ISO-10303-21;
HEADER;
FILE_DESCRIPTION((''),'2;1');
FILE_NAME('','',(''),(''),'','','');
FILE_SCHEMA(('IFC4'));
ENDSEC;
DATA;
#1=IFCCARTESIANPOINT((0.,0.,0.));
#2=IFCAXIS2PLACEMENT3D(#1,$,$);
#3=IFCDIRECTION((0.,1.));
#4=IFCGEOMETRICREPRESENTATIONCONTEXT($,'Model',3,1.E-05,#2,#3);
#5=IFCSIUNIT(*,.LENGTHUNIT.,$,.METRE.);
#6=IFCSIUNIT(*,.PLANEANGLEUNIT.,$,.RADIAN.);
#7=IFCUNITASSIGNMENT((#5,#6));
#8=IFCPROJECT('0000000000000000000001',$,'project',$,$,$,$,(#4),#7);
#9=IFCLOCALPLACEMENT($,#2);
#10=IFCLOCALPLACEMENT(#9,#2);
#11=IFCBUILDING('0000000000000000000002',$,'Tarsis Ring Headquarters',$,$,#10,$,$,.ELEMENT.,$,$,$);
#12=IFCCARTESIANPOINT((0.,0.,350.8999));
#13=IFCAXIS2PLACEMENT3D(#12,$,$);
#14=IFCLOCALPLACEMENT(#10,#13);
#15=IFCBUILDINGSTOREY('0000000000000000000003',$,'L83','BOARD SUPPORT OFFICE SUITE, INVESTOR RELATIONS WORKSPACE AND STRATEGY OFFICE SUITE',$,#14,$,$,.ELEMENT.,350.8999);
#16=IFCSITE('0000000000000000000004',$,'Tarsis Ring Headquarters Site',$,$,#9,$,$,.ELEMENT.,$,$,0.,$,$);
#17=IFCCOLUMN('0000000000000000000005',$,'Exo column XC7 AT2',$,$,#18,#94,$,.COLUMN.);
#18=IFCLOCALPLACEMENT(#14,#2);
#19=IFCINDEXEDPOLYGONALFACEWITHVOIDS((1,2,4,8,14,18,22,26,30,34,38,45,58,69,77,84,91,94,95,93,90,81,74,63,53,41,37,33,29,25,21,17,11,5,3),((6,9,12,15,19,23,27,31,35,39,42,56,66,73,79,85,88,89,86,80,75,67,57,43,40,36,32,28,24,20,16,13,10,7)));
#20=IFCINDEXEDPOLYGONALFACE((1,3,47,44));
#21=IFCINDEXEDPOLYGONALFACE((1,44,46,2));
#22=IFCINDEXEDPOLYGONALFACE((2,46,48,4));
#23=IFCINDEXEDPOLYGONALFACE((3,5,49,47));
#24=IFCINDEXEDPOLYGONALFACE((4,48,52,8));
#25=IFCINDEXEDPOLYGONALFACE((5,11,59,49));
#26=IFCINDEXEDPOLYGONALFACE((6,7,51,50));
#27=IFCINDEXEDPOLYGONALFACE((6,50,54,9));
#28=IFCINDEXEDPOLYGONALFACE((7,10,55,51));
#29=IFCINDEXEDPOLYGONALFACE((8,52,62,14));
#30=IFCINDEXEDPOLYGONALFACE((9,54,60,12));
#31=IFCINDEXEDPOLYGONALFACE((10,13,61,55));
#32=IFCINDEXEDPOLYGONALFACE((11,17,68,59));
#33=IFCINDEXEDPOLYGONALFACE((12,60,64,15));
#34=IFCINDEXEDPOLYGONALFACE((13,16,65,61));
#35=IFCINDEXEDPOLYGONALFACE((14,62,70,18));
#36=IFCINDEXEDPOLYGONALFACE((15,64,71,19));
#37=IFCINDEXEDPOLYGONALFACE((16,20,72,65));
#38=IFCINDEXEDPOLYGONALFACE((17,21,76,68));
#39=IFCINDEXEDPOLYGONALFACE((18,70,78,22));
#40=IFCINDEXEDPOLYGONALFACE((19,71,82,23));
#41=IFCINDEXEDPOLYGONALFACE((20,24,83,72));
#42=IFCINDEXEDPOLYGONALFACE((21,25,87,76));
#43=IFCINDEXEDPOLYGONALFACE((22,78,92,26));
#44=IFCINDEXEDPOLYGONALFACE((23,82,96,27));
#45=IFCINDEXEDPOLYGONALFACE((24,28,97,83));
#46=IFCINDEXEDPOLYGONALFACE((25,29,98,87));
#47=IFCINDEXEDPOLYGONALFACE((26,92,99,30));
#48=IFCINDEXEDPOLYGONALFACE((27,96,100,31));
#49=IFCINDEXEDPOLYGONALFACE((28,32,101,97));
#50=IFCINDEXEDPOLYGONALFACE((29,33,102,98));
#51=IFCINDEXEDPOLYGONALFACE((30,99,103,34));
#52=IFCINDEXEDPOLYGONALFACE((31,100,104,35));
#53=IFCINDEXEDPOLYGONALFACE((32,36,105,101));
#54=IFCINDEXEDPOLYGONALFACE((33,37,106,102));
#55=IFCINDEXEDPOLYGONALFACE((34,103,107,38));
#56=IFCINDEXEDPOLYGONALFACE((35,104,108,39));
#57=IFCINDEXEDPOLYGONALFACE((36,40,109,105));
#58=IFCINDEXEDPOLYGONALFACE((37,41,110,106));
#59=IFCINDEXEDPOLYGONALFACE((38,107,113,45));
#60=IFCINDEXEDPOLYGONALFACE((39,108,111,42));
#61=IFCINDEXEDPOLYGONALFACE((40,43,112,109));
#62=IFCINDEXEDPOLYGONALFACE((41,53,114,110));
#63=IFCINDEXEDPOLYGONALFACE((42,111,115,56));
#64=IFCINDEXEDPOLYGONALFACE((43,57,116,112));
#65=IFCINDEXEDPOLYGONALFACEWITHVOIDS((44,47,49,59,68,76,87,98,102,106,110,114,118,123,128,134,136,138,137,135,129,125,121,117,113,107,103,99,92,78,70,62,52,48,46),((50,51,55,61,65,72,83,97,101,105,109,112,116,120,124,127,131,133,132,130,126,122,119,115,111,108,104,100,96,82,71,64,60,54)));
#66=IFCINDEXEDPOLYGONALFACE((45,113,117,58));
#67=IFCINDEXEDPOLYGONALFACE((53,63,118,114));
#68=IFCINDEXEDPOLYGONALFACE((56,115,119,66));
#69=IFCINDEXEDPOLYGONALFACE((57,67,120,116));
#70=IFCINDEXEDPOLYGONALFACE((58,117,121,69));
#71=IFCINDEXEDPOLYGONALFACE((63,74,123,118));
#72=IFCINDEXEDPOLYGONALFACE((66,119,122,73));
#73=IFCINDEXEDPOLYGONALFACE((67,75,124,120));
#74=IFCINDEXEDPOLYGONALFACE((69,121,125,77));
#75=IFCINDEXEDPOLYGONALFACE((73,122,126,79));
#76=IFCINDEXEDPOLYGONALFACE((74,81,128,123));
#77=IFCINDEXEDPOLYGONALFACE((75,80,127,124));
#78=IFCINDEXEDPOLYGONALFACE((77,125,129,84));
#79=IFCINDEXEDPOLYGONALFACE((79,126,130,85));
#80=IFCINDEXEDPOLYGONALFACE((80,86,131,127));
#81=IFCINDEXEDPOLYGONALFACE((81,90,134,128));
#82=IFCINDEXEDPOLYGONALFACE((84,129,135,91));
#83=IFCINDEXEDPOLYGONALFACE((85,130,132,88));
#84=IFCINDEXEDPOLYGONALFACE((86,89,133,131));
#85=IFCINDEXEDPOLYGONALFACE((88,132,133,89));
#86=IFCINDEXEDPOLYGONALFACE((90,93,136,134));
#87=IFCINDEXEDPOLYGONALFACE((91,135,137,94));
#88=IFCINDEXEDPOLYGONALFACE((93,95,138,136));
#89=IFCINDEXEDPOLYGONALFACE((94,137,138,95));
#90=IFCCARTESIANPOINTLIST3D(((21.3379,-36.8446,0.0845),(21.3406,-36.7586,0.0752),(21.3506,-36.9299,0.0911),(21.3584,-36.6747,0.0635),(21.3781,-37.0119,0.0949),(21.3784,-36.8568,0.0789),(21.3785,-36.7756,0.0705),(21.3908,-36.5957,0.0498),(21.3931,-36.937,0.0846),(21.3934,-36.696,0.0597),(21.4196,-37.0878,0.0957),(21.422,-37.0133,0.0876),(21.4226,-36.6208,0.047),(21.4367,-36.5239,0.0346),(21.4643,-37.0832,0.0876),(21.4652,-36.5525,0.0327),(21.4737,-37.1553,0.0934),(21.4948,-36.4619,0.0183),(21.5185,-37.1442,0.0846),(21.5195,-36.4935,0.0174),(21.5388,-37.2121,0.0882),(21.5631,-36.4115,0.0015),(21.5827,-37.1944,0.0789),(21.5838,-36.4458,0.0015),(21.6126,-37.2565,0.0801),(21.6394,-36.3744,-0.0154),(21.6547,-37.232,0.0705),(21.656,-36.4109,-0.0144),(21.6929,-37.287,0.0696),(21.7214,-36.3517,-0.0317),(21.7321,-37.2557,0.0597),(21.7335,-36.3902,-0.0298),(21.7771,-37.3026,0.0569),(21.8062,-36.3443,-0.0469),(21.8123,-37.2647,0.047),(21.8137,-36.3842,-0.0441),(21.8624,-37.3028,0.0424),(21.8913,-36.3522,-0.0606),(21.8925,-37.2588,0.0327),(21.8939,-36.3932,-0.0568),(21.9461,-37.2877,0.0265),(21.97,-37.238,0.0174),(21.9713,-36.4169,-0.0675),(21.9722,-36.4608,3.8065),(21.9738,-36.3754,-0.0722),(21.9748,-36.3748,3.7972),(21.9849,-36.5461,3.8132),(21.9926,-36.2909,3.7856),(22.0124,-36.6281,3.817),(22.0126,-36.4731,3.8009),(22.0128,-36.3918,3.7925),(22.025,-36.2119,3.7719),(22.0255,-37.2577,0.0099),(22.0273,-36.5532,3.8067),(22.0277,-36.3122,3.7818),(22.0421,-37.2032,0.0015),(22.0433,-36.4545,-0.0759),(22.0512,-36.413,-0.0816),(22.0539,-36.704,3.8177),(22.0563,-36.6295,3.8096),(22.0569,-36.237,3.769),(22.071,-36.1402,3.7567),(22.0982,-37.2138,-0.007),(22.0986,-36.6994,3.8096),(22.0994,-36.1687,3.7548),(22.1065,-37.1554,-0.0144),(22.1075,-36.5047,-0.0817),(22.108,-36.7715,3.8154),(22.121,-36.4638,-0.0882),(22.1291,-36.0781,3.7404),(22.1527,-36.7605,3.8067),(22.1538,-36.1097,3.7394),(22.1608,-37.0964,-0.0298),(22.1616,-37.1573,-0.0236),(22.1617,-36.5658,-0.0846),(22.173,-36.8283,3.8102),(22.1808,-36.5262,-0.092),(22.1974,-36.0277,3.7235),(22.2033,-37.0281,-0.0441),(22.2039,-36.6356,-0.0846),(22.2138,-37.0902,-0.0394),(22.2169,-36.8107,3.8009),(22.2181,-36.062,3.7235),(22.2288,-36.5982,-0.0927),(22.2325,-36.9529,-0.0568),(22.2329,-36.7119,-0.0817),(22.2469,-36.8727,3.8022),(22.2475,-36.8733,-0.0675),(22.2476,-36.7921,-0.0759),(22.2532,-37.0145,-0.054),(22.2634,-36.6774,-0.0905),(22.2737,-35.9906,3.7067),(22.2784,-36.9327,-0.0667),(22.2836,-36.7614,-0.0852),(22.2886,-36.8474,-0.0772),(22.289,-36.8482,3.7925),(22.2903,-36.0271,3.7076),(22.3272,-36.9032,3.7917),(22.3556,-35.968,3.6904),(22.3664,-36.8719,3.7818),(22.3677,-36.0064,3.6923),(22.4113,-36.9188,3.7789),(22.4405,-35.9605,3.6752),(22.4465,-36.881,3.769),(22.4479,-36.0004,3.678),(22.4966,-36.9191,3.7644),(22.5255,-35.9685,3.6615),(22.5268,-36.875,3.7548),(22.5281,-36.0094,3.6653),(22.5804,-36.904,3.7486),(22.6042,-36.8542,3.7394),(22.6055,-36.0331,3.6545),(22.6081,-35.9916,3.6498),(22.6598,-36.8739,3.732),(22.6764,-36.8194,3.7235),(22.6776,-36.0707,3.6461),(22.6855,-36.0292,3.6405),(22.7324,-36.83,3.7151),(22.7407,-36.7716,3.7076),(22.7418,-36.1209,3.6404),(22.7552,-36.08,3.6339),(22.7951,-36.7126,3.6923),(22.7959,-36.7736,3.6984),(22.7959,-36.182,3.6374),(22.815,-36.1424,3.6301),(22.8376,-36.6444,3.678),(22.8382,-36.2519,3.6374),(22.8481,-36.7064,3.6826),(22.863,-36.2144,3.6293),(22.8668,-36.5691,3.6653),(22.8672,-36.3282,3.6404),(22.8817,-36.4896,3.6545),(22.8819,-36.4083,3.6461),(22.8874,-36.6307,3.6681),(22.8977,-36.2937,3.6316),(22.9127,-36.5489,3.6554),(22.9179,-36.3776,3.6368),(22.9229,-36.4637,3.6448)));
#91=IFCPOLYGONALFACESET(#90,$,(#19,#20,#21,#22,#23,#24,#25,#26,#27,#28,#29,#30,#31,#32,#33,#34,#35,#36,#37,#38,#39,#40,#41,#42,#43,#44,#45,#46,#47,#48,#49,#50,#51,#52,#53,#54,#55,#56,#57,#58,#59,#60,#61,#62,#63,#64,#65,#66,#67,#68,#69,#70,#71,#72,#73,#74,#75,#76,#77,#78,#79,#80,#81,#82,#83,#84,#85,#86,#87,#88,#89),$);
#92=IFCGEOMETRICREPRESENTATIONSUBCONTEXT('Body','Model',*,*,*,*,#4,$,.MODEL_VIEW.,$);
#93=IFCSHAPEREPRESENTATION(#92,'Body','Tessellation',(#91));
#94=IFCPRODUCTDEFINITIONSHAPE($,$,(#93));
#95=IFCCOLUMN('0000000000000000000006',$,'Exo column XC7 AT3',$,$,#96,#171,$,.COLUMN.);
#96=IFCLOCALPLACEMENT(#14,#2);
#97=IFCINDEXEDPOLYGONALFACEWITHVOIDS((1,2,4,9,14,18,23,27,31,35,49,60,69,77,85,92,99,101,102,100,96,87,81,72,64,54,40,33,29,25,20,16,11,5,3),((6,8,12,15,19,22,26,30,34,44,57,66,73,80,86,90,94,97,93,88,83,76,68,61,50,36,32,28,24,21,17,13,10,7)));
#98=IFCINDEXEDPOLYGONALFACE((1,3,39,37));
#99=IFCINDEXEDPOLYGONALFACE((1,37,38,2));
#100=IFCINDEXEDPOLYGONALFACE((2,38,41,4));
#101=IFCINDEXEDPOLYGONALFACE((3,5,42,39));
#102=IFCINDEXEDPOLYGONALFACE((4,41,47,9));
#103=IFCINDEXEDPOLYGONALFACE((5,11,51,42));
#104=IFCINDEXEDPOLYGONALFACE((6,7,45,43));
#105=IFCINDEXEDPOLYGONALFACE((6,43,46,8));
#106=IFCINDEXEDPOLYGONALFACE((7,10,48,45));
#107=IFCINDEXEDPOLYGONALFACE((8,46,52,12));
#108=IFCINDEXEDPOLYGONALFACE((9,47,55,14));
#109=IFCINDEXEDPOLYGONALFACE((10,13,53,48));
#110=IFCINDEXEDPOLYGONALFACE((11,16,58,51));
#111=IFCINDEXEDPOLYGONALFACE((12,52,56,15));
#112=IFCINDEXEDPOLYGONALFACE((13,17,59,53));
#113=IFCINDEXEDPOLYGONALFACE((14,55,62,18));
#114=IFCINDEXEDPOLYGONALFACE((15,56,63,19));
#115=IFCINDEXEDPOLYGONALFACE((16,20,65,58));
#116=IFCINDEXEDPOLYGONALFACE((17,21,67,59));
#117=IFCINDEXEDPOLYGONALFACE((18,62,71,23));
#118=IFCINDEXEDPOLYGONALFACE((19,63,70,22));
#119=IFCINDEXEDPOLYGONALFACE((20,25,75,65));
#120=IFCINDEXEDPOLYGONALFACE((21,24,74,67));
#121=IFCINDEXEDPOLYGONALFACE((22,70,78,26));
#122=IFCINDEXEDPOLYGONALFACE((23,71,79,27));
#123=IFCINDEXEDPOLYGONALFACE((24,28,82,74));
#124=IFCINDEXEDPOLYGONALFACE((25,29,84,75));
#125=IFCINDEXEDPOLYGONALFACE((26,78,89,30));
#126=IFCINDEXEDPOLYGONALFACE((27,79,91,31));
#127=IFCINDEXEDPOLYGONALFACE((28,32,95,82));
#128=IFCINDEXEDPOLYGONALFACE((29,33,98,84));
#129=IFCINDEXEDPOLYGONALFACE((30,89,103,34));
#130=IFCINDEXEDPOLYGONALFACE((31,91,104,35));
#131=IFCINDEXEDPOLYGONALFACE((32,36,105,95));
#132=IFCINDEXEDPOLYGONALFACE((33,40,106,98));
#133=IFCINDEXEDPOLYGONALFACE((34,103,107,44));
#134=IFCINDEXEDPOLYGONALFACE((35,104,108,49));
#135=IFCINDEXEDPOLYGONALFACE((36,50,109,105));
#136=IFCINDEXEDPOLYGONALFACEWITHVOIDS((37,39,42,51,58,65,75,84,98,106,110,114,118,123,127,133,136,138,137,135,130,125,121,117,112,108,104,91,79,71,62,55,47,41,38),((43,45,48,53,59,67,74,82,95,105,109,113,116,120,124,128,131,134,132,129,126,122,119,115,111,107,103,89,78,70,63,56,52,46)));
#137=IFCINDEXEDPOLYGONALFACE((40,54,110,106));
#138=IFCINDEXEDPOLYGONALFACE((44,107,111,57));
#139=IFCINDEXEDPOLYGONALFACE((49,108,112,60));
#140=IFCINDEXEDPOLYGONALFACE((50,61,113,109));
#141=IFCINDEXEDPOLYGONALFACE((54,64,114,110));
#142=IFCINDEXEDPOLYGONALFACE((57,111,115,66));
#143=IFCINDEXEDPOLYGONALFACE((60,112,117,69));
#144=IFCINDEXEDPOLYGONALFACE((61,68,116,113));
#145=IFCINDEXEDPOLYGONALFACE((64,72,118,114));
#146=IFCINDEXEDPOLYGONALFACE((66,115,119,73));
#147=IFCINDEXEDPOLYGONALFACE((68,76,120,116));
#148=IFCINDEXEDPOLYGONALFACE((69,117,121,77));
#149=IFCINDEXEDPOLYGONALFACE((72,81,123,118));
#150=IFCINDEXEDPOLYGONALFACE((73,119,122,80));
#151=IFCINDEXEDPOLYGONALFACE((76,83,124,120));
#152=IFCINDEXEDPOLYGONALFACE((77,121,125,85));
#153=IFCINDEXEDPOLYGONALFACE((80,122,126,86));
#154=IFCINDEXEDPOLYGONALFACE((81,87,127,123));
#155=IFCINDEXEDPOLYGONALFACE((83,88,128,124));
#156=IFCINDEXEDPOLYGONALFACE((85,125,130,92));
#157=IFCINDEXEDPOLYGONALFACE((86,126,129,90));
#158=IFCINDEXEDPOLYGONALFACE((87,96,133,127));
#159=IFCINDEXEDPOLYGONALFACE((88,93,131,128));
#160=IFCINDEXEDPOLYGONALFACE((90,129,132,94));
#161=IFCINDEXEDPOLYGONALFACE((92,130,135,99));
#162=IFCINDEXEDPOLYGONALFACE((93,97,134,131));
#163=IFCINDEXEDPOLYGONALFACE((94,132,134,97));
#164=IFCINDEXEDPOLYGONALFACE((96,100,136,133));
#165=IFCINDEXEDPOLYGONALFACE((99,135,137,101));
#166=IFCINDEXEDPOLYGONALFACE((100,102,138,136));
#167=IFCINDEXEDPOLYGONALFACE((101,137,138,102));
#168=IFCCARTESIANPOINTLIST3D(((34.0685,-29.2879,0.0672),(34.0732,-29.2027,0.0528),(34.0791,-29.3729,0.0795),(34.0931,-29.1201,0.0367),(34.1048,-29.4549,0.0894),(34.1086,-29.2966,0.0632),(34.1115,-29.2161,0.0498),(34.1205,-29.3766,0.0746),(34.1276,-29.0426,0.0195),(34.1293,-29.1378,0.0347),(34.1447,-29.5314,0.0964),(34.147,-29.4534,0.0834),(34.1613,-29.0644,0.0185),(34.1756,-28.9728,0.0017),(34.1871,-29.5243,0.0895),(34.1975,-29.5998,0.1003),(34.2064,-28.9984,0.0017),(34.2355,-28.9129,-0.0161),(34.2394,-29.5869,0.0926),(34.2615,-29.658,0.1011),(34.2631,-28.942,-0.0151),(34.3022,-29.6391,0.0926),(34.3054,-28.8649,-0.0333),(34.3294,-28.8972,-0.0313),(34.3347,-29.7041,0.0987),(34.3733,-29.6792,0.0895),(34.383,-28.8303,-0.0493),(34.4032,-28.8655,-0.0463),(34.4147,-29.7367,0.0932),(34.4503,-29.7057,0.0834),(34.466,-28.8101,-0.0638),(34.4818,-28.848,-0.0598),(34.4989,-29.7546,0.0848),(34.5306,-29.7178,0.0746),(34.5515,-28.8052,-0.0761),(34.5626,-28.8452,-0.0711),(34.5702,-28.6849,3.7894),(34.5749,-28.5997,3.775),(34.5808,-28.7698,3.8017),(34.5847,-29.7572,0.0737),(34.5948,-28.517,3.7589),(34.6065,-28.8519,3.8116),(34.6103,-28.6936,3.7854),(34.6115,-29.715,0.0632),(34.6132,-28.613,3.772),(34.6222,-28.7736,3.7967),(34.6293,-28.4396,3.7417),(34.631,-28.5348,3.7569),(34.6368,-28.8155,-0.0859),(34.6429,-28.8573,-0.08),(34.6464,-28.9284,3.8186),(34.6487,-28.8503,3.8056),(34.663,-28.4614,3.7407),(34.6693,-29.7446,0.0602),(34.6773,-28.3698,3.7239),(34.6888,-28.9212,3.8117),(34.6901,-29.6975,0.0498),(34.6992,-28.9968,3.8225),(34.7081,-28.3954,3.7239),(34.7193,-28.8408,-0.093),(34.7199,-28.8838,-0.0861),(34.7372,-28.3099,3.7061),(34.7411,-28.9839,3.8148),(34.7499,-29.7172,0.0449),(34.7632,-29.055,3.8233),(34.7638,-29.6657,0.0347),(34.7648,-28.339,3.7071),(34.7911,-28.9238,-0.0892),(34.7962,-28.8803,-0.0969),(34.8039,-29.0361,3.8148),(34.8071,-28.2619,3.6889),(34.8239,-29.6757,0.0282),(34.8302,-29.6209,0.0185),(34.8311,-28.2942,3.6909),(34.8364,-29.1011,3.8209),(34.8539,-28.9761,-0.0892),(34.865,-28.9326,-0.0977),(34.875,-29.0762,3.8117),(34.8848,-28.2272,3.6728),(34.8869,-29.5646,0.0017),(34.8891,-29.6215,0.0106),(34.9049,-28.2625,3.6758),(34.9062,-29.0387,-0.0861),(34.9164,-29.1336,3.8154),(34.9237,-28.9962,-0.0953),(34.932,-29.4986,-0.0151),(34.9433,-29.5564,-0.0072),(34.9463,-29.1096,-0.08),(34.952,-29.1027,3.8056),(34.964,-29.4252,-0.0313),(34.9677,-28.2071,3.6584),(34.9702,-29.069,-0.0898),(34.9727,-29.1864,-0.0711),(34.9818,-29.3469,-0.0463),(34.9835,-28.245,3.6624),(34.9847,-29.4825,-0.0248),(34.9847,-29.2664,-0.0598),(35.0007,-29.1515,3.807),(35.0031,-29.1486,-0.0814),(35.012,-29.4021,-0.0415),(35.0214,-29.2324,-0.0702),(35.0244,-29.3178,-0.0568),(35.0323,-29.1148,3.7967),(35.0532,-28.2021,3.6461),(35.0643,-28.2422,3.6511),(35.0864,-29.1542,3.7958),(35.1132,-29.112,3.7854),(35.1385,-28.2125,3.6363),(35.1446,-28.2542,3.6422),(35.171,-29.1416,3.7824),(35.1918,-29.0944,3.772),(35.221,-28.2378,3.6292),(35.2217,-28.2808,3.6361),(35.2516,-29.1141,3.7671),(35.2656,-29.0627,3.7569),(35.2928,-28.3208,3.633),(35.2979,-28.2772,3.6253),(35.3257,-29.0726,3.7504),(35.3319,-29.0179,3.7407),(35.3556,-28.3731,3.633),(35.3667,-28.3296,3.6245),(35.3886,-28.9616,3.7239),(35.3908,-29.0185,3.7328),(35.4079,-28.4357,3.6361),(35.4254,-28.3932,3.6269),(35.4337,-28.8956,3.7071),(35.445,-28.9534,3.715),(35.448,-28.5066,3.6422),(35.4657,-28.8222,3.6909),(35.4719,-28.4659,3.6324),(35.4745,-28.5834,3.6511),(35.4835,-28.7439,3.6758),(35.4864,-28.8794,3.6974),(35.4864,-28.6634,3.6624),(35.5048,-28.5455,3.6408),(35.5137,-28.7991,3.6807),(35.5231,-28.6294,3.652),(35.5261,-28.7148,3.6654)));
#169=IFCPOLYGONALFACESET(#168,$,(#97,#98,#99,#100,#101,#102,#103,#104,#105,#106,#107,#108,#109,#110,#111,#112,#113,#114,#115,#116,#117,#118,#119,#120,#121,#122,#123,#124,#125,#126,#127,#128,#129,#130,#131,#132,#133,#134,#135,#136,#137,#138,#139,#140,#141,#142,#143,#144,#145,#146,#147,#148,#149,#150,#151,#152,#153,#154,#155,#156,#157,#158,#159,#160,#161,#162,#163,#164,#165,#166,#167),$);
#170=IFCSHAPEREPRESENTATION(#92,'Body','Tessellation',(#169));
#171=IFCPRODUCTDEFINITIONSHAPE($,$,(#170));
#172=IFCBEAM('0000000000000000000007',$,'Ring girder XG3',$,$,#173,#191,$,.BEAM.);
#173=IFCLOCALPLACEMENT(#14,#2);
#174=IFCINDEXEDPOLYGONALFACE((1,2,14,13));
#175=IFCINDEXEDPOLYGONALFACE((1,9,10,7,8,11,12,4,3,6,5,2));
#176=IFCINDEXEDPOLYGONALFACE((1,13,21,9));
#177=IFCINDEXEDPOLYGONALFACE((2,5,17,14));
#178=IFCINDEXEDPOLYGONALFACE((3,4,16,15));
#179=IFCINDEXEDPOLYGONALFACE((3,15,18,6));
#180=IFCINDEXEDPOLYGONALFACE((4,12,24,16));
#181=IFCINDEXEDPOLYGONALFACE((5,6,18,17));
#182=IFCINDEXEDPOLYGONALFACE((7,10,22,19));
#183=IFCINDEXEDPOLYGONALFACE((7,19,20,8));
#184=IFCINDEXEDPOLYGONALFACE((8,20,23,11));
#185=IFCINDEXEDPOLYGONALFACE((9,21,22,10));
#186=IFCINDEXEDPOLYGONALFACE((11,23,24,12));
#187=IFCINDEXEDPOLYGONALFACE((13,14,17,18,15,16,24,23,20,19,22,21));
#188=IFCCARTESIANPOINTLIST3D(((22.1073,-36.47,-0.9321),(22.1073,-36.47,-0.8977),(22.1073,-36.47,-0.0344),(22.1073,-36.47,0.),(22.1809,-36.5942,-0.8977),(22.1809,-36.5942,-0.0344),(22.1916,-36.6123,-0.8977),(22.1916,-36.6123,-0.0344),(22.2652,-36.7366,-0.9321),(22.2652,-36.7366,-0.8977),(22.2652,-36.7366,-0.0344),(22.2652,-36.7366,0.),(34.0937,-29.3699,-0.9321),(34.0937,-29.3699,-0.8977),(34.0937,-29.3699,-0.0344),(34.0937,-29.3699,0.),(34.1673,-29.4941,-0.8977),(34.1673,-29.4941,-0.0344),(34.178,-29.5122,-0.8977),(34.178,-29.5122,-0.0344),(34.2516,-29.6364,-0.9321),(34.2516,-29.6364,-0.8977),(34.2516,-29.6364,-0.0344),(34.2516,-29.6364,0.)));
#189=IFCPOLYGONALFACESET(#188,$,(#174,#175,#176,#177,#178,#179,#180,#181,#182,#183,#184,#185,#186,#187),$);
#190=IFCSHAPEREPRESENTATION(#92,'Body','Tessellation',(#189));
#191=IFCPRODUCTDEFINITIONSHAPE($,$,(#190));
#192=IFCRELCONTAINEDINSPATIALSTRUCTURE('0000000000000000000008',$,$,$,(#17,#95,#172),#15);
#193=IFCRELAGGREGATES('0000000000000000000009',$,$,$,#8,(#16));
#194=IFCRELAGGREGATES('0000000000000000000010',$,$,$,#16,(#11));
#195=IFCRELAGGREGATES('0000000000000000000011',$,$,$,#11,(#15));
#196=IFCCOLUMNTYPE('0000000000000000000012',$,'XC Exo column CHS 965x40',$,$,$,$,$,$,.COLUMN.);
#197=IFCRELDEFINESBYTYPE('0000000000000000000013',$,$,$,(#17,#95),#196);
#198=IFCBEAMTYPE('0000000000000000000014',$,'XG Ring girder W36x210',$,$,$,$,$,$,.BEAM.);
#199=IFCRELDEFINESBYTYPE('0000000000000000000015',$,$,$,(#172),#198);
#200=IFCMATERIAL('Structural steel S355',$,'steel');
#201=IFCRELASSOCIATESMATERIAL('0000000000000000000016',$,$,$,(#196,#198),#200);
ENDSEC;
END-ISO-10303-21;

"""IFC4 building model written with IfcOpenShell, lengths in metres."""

from ifc_helpers import new_model, si_unit, direction, frame, origin, origin_2d, place, context, subcontext, project, spatial, hollow_circle, i_section, extrude, material, material_profile, profile_set, type_object, element, save


model = new_model("IFC4")

# Units and contexts
model_context = context("Model", 3, precision=1e-05, world=origin(), true_north=direction((0.0, 1.0)))
body_context = subcontext(model_context, "Body", "Model", "MODEL_VIEW")
ifc_project = project(units=[si_unit("LENGTHUNIT", "METRE"), si_unit("PLANEANGLEUNIT", "RADIAN")], contexts=[model_context])

# Site, building, storey
site_placement = place(None, origin())
site = spatial("IfcSite", under=ifc_project, at=site_placement, Name="Tarsis Ring Headquarters Site", CompositionType="ELEMENT", RefElevation=0.0)
building_placement = place(site_placement, origin())
building = spatial("IfcBuilding", under=site, at=building_placement, Name="Tarsis Ring Headquarters", CompositionType="ELEMENT")
storey_placement = place(building_placement, frame((0.0, 0.0, 350.8999)))
storey = spatial("IfcBuildingStorey", under=building, at=storey_placement, Name="L83", Description="BOARD SUPPORT OFFICE SUITE, INVESTOR RELATIONS WORKSPACE AND STRATEGY OFFICE SUITE", CompositionType="ELEMENT", Elevation=350.8999)

# Columns
ifc_material_1 = material(Name="Structural steel S355", Category="steel")
ifc_material_profile_1 = material_profile(ifc_material_1, hollow_circle(Radius=0.4827, WallThickness=0.04, at=origin_2d()), Name="CHS 965x40")
ifc_profile_set_1 = profile_set([ifc_material_profile_1], Name="Structural steel S355")
column_type = type_object("IfcColumnType", Name="XC Exo column CHS 965x40", PredefinedType="COLUMN", material=ifc_profile_set_1)
column_1_placement = place(storey_placement, frame((21.813, -36.8245, 0.0015), z_axis=(0.167123, 0.101123, 0.980737), x_axis=(-0.517689, 0.855569, 0.0)))
element("IfcColumn", 1, at=column_1_placement, inside=storey, type_object=column_type, Name="Exo column XC7 AT2", PredefinedType="COLUMN", context=body_context, shape_type="SweptSolid", body=[
    extrude(hollow_circle(Radius=0.4827, WallThickness=0.04, at=origin_2d()), origin(), (0.0, 0.0, 1.0), 3.7952),
])
column_2_placement = place(storey_placement, frame((34.5466, -29.2815, 0.0017), z_axis=(0.131892, 0.158527, 0.978506), x_axis=(-0.768731, 0.639572, 0.0)))
element("IfcColumn", 2, at=column_2_placement, inside=storey, type_object=column_type, Name="Exo column XC7 AT3", PredefinedType="COLUMN", context=body_context, shape_type="SweptSolid", body=[
    extrude(hollow_circle(Radius=0.4827, WallThickness=0.04, at=origin_2d()), origin(), (0.0, 0.0, 1.0), 3.804),
])

# Beam
ifc_material_profile_2 = material_profile(ifc_material_1, i_section(OverallWidth=0.3098, OverallDepth=0.9321, WebThickness=0.021, FlangeThickness=0.0344, at=origin_2d()), Name="W36x210")
ifc_profile_set_2 = profile_set([ifc_material_profile_2], Name="Structural steel S355")
beam_type = type_object("IfcBeamType", Name="XG Ring girder W36x210", PredefinedType="BEAM", material=ifc_profile_set_2)
beam_1_placement = place(storey_placement, frame((22.1863, -36.6033, -0.4661), z_axis=(0.860383, 0.509648, 0.0), x_axis=(-0.509648, 0.860383, 0.0)))
element("IfcBeam", 3, at=beam_1_placement, inside=storey, type_object=beam_type, Name="Ring girder XG3", PredefinedType="BEAM", context=body_context, shape_type="SweptSolid", body=[
    extrude(i_section(OverallWidth=0.3098, OverallDepth=0.9321, WebThickness=0.021, FlangeThickness=0.0344, at=origin_2d()), origin(), (0.0, 0.0, 1.0), 13.9314),
])

save(model, "model.ifc")
